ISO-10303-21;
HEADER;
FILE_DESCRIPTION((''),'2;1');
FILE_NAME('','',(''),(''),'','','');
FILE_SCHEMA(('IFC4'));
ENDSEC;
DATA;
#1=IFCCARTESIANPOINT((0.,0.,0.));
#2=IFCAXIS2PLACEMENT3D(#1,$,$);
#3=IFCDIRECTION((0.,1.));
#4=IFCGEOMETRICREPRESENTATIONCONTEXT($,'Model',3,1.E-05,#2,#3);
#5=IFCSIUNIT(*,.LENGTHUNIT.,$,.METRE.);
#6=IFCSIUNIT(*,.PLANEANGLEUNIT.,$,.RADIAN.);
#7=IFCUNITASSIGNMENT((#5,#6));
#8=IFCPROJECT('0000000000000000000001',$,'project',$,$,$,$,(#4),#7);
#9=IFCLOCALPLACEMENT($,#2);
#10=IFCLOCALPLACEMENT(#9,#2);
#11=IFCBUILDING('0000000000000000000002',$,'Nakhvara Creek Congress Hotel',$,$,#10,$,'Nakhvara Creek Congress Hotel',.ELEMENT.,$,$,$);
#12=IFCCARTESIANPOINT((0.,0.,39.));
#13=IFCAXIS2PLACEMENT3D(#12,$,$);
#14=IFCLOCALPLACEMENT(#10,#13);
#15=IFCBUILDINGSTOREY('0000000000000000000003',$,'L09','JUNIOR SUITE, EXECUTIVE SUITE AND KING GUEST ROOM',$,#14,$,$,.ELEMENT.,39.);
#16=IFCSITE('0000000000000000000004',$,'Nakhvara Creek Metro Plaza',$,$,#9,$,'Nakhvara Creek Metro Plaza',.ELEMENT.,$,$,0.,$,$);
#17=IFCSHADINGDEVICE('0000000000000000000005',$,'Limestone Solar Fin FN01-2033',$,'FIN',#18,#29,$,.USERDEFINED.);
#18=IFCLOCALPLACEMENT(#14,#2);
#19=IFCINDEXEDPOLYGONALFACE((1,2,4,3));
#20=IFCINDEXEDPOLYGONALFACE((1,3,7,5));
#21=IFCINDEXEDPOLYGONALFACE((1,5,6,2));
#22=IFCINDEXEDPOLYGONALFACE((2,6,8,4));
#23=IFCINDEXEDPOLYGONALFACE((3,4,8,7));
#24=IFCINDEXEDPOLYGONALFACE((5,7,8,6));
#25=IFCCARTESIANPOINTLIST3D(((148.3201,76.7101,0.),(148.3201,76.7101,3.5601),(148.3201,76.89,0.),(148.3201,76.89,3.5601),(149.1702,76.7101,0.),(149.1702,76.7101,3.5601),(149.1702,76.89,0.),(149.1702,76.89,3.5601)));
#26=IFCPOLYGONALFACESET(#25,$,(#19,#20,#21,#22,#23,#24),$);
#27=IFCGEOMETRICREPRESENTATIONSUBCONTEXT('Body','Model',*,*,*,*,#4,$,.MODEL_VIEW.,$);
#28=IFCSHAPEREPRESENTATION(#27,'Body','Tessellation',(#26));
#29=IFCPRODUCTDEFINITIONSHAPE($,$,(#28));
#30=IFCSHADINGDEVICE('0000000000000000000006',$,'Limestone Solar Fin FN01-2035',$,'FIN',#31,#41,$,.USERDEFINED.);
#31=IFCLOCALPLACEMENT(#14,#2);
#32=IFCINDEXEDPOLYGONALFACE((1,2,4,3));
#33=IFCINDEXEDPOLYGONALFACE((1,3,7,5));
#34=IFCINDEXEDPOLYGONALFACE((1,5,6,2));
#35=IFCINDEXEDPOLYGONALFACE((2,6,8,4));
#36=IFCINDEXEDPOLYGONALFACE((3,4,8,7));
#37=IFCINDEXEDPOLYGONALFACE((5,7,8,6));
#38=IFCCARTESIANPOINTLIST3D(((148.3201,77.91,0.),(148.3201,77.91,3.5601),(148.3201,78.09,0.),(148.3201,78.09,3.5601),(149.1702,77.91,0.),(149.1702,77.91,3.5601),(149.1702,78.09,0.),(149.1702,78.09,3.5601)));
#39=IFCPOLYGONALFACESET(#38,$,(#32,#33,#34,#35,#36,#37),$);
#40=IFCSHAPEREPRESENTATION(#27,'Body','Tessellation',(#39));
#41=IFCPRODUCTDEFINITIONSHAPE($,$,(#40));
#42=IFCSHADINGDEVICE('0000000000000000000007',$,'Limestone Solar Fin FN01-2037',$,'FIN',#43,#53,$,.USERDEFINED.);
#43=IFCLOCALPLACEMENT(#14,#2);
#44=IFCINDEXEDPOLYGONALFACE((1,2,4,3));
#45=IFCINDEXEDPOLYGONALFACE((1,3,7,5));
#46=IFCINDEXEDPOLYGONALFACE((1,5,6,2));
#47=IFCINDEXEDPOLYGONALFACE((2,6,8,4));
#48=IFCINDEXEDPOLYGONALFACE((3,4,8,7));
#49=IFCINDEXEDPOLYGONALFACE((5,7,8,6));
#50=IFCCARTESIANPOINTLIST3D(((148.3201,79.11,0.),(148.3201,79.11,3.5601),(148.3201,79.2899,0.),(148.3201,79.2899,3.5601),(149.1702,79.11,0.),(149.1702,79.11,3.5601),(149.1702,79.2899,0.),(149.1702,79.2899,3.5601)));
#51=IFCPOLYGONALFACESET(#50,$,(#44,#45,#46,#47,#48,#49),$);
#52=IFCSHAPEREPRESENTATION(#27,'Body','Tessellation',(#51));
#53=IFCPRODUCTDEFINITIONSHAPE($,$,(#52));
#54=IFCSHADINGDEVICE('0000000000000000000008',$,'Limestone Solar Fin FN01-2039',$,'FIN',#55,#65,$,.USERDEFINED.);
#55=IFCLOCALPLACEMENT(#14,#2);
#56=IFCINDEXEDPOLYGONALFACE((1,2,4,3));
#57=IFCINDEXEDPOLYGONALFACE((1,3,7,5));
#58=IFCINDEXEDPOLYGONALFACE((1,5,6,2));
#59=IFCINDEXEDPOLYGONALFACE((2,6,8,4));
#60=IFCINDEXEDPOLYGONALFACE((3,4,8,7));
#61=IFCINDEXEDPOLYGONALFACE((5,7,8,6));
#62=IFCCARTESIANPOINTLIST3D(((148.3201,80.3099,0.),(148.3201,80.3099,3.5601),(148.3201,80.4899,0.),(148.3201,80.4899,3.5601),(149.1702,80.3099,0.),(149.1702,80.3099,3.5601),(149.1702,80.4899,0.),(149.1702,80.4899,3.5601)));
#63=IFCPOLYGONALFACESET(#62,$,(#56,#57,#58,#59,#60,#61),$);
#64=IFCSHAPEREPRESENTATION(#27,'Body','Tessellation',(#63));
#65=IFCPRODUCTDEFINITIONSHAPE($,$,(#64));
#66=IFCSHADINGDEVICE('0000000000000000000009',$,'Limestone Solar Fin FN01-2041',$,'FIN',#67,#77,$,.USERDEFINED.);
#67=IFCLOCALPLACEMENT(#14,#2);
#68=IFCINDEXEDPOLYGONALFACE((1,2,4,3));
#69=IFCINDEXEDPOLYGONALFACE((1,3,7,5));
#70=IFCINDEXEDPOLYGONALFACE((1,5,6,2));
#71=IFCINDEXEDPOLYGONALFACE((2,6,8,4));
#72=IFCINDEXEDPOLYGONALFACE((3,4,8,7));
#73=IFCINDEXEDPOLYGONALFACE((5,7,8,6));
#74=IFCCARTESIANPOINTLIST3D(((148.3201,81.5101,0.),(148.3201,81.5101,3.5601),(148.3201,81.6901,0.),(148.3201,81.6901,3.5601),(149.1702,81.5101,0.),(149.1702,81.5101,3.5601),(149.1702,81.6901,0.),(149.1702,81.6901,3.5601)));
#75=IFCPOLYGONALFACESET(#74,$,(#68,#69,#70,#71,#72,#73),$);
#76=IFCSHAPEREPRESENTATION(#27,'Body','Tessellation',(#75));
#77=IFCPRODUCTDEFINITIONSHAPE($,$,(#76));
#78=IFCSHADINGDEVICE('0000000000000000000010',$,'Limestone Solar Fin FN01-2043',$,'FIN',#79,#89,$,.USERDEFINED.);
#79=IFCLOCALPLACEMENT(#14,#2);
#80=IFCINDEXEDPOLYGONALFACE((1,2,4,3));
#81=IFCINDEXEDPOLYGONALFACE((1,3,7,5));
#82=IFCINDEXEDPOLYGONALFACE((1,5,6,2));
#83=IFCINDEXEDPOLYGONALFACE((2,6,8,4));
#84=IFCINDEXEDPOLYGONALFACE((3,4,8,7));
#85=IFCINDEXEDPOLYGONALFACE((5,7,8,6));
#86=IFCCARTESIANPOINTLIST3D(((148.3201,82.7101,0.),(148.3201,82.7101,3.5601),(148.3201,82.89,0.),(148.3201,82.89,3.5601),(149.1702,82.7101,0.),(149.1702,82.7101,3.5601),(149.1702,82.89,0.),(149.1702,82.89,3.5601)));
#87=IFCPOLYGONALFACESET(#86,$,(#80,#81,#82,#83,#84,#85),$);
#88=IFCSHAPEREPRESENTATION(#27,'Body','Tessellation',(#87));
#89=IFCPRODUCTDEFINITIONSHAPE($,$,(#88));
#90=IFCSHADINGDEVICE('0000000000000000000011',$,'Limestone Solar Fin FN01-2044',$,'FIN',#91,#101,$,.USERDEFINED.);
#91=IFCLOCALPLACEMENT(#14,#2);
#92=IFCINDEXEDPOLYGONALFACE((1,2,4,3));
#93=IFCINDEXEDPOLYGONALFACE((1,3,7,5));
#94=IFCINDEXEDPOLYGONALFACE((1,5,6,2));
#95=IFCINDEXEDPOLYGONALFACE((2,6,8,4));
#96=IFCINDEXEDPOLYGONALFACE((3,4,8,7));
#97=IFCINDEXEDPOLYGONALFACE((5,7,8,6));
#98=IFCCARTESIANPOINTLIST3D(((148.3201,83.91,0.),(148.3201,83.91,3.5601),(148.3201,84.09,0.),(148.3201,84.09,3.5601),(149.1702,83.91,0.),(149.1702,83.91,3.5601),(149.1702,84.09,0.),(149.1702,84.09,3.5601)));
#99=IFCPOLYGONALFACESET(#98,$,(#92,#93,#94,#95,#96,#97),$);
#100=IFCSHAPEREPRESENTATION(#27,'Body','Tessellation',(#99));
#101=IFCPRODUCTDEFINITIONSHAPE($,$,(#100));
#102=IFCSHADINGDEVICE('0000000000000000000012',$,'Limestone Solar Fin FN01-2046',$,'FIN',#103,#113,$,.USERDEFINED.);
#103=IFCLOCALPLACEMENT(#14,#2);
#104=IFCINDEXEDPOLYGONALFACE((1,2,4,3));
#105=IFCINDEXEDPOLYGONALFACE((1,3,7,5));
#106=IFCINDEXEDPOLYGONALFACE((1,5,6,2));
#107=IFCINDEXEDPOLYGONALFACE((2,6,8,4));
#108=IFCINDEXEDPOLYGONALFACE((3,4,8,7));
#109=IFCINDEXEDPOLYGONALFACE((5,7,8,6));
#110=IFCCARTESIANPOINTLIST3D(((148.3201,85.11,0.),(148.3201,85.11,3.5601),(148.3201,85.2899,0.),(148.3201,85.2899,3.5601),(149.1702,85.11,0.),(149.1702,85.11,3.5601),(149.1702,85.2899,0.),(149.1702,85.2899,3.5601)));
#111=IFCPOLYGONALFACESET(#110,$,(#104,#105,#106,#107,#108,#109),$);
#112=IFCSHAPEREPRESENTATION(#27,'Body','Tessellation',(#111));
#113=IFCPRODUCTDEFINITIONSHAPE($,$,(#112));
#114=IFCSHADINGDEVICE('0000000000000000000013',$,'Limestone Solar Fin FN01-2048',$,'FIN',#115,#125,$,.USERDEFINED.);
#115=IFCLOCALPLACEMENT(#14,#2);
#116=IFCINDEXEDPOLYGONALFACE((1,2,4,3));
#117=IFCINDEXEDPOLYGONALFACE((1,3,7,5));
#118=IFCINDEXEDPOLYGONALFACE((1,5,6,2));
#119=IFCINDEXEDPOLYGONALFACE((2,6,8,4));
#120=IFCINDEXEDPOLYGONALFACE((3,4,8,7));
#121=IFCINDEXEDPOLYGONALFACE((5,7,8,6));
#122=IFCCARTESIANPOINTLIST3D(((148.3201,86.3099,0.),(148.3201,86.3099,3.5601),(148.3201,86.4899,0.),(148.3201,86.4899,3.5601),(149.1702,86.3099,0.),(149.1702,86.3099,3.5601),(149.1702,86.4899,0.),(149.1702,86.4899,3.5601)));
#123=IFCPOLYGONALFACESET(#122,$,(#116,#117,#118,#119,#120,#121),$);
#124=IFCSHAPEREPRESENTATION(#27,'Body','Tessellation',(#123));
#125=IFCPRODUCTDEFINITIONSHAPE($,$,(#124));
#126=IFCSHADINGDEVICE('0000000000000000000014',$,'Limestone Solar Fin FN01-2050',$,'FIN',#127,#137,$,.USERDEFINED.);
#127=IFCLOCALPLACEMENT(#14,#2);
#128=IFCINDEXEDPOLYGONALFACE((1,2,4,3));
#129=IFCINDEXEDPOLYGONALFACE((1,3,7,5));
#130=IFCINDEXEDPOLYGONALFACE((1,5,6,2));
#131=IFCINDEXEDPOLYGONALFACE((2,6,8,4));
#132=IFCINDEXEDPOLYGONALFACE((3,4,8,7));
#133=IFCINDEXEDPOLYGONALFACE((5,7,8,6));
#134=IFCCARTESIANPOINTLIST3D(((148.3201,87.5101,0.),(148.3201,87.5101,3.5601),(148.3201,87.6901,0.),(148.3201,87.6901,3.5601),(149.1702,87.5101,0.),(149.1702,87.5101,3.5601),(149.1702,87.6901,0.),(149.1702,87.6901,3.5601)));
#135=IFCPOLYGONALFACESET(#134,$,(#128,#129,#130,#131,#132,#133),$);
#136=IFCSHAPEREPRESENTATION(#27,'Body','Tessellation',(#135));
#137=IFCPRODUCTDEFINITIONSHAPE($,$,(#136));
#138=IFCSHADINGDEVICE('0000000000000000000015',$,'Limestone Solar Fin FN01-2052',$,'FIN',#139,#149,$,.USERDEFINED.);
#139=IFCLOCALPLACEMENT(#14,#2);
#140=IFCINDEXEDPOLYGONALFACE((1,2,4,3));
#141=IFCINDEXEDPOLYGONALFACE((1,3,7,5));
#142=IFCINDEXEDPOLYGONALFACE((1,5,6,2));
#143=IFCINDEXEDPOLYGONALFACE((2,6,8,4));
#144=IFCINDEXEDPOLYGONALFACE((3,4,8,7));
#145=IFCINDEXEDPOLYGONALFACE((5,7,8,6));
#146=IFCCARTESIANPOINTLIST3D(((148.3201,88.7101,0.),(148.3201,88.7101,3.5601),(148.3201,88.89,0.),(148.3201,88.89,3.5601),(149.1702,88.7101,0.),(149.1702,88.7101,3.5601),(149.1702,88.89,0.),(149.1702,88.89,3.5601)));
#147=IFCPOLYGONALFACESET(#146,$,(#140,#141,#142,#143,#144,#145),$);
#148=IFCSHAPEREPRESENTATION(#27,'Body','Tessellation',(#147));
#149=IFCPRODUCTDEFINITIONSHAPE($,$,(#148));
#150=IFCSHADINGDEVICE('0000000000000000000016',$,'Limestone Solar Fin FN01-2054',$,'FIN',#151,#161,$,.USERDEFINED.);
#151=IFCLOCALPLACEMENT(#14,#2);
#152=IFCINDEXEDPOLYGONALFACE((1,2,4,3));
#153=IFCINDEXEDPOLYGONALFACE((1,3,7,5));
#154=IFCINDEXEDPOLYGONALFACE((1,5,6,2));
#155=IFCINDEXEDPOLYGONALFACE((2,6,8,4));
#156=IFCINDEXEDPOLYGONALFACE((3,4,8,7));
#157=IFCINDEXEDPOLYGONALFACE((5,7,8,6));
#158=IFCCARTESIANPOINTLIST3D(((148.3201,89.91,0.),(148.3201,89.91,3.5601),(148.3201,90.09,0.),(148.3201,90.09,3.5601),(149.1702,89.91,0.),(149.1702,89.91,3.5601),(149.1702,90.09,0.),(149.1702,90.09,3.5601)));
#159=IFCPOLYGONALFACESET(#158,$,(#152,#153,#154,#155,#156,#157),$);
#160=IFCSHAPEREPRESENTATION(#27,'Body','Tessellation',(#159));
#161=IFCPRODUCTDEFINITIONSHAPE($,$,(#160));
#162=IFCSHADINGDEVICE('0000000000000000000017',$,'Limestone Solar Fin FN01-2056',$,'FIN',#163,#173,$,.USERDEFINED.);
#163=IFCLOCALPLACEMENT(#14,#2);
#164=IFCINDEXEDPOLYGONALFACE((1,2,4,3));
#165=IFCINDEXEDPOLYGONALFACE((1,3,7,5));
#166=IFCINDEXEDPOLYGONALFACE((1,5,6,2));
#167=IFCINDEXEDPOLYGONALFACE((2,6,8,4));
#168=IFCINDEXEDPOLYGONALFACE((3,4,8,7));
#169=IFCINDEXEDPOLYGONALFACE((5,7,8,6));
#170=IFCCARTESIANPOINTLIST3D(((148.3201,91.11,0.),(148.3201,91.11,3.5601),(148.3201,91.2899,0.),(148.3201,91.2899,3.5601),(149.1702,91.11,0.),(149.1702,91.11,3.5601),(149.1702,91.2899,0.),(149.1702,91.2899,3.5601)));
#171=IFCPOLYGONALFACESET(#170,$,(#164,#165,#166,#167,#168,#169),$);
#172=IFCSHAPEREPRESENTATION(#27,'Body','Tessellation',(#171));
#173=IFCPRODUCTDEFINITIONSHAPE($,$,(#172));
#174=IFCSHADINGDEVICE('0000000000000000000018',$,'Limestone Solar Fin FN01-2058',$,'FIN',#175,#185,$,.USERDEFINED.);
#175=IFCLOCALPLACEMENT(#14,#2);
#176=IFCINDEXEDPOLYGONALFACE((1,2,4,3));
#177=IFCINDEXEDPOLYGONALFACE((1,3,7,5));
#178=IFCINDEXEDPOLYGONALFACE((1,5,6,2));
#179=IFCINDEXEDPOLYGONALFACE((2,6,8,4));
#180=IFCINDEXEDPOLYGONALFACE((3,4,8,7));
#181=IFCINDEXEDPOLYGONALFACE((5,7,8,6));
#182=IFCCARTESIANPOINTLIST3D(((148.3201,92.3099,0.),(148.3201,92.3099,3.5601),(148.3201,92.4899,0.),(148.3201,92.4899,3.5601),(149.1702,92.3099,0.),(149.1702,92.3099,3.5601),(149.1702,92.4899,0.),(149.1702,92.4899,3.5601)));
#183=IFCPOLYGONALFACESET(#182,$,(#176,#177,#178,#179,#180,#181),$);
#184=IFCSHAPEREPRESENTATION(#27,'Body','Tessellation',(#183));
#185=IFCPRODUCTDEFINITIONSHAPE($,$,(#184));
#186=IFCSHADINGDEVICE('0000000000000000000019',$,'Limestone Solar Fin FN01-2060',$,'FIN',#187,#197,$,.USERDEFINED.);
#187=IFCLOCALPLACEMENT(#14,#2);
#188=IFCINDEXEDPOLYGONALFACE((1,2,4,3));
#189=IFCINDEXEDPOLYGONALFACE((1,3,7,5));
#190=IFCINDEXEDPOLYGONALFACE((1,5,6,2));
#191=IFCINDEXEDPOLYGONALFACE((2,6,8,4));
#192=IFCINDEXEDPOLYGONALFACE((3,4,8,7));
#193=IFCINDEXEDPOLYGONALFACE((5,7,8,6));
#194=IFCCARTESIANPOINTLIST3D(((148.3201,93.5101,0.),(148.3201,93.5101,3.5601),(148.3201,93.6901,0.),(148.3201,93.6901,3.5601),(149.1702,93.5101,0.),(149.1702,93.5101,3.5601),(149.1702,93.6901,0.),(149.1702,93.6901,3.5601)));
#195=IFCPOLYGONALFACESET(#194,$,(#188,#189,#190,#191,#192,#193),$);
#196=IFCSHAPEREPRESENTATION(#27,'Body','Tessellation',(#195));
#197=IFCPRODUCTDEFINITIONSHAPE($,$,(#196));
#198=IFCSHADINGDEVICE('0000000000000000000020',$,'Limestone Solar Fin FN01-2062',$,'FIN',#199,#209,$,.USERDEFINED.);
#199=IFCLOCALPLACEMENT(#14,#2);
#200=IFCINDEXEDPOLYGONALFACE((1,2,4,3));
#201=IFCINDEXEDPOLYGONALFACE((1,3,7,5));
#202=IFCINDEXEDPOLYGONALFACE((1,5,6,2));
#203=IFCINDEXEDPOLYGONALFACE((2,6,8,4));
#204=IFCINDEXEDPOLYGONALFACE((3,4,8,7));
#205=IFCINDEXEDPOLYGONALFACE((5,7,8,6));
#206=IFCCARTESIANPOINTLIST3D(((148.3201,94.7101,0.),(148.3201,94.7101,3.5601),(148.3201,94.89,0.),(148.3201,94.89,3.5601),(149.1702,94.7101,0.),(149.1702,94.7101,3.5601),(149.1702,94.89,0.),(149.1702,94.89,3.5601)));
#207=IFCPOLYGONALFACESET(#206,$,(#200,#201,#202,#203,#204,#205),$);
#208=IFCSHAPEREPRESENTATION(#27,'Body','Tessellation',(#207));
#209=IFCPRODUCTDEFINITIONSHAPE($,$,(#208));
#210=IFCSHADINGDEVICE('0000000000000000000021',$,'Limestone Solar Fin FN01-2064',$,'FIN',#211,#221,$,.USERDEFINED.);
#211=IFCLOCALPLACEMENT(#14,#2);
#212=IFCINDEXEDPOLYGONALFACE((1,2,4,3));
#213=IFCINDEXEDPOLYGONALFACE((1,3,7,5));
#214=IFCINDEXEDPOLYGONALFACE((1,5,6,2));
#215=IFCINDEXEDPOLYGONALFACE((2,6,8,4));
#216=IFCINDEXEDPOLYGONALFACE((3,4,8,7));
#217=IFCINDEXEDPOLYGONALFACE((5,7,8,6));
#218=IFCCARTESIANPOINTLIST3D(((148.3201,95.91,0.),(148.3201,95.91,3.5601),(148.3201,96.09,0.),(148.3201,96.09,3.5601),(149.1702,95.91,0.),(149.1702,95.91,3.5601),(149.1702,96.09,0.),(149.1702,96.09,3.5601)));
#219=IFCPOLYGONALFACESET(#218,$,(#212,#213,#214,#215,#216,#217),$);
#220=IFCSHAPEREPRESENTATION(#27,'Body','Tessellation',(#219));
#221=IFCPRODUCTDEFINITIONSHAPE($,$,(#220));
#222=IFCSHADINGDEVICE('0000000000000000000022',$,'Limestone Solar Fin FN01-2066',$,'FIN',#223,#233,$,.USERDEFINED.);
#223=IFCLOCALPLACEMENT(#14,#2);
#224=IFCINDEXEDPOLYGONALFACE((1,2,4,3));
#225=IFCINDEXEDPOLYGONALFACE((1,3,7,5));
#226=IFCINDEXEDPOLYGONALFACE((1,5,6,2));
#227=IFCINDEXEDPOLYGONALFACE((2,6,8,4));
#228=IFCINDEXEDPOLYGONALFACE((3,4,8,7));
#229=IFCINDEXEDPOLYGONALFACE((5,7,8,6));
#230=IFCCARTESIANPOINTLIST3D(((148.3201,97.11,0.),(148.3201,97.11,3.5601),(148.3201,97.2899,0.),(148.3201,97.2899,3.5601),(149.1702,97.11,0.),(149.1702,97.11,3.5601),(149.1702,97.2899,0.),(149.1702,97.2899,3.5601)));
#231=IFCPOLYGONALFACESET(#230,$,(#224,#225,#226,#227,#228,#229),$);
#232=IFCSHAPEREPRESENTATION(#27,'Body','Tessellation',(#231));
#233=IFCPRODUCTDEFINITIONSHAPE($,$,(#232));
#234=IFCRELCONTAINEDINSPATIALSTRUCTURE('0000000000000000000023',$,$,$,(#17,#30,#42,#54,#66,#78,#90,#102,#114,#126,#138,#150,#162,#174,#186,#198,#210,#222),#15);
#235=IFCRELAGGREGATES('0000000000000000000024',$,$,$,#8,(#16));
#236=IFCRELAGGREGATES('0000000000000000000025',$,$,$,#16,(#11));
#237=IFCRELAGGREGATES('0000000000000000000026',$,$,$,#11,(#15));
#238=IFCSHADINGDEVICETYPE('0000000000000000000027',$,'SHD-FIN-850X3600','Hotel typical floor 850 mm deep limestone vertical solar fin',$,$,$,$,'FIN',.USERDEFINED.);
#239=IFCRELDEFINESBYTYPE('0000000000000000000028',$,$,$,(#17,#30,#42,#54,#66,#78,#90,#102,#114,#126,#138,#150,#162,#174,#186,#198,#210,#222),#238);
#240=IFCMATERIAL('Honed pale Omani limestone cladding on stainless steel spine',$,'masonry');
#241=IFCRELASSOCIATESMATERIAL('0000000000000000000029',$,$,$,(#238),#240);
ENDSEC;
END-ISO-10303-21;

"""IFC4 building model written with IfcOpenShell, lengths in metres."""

from ifc_helpers import new_model, si_unit, direction, frame, origin, origin_2d, place, context, subcontext, project, spatial, rectangle, extrude, material, type_object, element, save


model = new_model("IFC4")

# Units and contexts
model_context = context("Model", 3, precision=1e-05, world=origin(), true_north=direction((0.0, 1.0)))
body_context = subcontext(model_context, "Body", "Model", "MODEL_VIEW")
ifc_project = project(units=[si_unit("LENGTHUNIT", "METRE"), si_unit("PLANEANGLEUNIT", "RADIAN")], contexts=[model_context])

# Site, building, storey
site_placement = place(None, origin())
site = spatial("IfcSite", under=ifc_project, at=site_placement, Name="Nakhvara Creek Metro Plaza", LongName="Nakhvara Creek Metro Plaza", CompositionType="ELEMENT", RefElevation=0.0)
building_placement = place(site_placement, origin())
building = spatial("IfcBuilding", under=site, at=building_placement, Name="Nakhvara Creek Congress Hotel", LongName="Nakhvara Creek Congress Hotel", CompositionType="ELEMENT")
storey_placement = place(building_placement, frame((0.0, 0.0, 39.0)))
storey = spatial("IfcBuildingStorey", under=building, at=storey_placement, Name="L09", Description="JUNIOR SUITE, EXECUTIVE SUITE AND KING GUEST ROOM", CompositionType="ELEMENT", Elevation=39.0)

# Shading devices
ifc_material_1 = material(Name="Honed pale Omani limestone cladding on stainless steel spine", Category="masonry")
shading_device_type = type_object("IfcShadingDeviceType", Name="SHD-FIN-850X3600", Description="Hotel typical floor 850 mm deep limestone vertical solar fin", ElementType="FIN", PredefinedType="USERDEFINED", material=ifc_material_1)
for number, where, z_axis, x_axis, name in (
    (1, (148.7451, 76.8, 0.0), (0.0, 0.0, 1.0), (0.0, 1.0, 0.0), "Limestone Solar Fin FN01-2033"),
    (2, (148.7451, 78.0, 0.0), (0.0, 0.0, 1.0), (0.0, 1.0, 0.0), "Limestone Solar Fin FN01-2035"),
    (3, (148.7451, 79.2, 0.0), (0.0, 0.0, 1.0), (0.0, 1.0, 0.0), "Limestone Solar Fin FN01-2037"),
    (4, (148.7451, 80.3999, 0.0), (0.0, 0.0, 1.0), (0.0, 1.0, 0.0), "Limestone Solar Fin FN01-2039"),
    (5, (148.7451, 81.6001, 0.0), (0.0, 0.0, 1.0), (0.0, 1.0, 0.0), "Limestone Solar Fin FN01-2041"),
    (6, (148.7451, 82.8, 0.0), (0.0, 0.0, 1.0), (0.0, 1.0, 0.0), "Limestone Solar Fin FN01-2043"),
    (7, (148.7451, 84.0, 0.0), (0.0, 0.0, 1.0), (0.0, 1.0, 0.0), "Limestone Solar Fin FN01-2044"),
    (8, (148.7451, 85.2, 0.0), (0.0, 0.0, 1.0), (0.0, 1.0, 0.0), "Limestone Solar Fin FN01-2046"),
    (9, (148.7451, 86.3999, 0.0), (0.0, 0.0, 1.0), (0.0, 1.0, 0.0), "Limestone Solar Fin FN01-2048"),
    (10, (148.7451, 87.6001, 0.0), (0.0, 0.0, 1.0), (0.0, 1.0, 0.0), "Limestone Solar Fin FN01-2050"),
    (11, (148.7451, 88.8, 0.0), (0.0, 0.0, 1.0), (0.0, 1.0, 0.0), "Limestone Solar Fin FN01-2052"),
    (12, (148.7451, 90.0, 0.0), (0.0, 0.0, 1.0), (0.0, 1.0, 0.0), "Limestone Solar Fin FN01-2054"),
    (13, (148.7451, 91.2, 0.0), (0.0, 0.0, 1.0), (0.0, 1.0, 0.0), "Limestone Solar Fin FN01-2056"),
    (14, (148.7451, 92.3999, 0.0), (0.0, 0.0, 1.0), (0.0, 1.0, 0.0), "Limestone Solar Fin FN01-2058"),
    (15, (148.7451, 93.6001, 0.0), (0.0, 0.0, 1.0), (0.0, 1.0, 0.0), "Limestone Solar Fin FN01-2060"),
    (16, (148.7451, 94.8, 0.0), (0.0, 0.0, 1.0), (0.0, 1.0, 0.0), "Limestone Solar Fin FN01-2062"),
    (17, (148.7451, 96.0, 0.0), (0.0, 0.0, 1.0), (0.0, 1.0, 0.0), "Limestone Solar Fin FN01-2064"),
    (18, (148.7451, 97.2, 0.0), (0.0, 0.0, 1.0), (0.0, 1.0, 0.0), "Limestone Solar Fin FN01-2066"),
):
    element("IfcShadingDevice", number, at=place(storey_placement, frame(where, z_axis=z_axis, x_axis=x_axis)), inside=storey, type_object=shading_device_type, Name=name, ObjectType="FIN", PredefinedType="USERDEFINED", context=body_context, shape_type="SweptSolid", body=[
        extrude(rectangle(XDim=0.1799, YDim=0.8501, at=origin_2d()), origin(), (0.0, 0.0, 1.0), 3.5601),
    ])

save(model, "model.ifc")
